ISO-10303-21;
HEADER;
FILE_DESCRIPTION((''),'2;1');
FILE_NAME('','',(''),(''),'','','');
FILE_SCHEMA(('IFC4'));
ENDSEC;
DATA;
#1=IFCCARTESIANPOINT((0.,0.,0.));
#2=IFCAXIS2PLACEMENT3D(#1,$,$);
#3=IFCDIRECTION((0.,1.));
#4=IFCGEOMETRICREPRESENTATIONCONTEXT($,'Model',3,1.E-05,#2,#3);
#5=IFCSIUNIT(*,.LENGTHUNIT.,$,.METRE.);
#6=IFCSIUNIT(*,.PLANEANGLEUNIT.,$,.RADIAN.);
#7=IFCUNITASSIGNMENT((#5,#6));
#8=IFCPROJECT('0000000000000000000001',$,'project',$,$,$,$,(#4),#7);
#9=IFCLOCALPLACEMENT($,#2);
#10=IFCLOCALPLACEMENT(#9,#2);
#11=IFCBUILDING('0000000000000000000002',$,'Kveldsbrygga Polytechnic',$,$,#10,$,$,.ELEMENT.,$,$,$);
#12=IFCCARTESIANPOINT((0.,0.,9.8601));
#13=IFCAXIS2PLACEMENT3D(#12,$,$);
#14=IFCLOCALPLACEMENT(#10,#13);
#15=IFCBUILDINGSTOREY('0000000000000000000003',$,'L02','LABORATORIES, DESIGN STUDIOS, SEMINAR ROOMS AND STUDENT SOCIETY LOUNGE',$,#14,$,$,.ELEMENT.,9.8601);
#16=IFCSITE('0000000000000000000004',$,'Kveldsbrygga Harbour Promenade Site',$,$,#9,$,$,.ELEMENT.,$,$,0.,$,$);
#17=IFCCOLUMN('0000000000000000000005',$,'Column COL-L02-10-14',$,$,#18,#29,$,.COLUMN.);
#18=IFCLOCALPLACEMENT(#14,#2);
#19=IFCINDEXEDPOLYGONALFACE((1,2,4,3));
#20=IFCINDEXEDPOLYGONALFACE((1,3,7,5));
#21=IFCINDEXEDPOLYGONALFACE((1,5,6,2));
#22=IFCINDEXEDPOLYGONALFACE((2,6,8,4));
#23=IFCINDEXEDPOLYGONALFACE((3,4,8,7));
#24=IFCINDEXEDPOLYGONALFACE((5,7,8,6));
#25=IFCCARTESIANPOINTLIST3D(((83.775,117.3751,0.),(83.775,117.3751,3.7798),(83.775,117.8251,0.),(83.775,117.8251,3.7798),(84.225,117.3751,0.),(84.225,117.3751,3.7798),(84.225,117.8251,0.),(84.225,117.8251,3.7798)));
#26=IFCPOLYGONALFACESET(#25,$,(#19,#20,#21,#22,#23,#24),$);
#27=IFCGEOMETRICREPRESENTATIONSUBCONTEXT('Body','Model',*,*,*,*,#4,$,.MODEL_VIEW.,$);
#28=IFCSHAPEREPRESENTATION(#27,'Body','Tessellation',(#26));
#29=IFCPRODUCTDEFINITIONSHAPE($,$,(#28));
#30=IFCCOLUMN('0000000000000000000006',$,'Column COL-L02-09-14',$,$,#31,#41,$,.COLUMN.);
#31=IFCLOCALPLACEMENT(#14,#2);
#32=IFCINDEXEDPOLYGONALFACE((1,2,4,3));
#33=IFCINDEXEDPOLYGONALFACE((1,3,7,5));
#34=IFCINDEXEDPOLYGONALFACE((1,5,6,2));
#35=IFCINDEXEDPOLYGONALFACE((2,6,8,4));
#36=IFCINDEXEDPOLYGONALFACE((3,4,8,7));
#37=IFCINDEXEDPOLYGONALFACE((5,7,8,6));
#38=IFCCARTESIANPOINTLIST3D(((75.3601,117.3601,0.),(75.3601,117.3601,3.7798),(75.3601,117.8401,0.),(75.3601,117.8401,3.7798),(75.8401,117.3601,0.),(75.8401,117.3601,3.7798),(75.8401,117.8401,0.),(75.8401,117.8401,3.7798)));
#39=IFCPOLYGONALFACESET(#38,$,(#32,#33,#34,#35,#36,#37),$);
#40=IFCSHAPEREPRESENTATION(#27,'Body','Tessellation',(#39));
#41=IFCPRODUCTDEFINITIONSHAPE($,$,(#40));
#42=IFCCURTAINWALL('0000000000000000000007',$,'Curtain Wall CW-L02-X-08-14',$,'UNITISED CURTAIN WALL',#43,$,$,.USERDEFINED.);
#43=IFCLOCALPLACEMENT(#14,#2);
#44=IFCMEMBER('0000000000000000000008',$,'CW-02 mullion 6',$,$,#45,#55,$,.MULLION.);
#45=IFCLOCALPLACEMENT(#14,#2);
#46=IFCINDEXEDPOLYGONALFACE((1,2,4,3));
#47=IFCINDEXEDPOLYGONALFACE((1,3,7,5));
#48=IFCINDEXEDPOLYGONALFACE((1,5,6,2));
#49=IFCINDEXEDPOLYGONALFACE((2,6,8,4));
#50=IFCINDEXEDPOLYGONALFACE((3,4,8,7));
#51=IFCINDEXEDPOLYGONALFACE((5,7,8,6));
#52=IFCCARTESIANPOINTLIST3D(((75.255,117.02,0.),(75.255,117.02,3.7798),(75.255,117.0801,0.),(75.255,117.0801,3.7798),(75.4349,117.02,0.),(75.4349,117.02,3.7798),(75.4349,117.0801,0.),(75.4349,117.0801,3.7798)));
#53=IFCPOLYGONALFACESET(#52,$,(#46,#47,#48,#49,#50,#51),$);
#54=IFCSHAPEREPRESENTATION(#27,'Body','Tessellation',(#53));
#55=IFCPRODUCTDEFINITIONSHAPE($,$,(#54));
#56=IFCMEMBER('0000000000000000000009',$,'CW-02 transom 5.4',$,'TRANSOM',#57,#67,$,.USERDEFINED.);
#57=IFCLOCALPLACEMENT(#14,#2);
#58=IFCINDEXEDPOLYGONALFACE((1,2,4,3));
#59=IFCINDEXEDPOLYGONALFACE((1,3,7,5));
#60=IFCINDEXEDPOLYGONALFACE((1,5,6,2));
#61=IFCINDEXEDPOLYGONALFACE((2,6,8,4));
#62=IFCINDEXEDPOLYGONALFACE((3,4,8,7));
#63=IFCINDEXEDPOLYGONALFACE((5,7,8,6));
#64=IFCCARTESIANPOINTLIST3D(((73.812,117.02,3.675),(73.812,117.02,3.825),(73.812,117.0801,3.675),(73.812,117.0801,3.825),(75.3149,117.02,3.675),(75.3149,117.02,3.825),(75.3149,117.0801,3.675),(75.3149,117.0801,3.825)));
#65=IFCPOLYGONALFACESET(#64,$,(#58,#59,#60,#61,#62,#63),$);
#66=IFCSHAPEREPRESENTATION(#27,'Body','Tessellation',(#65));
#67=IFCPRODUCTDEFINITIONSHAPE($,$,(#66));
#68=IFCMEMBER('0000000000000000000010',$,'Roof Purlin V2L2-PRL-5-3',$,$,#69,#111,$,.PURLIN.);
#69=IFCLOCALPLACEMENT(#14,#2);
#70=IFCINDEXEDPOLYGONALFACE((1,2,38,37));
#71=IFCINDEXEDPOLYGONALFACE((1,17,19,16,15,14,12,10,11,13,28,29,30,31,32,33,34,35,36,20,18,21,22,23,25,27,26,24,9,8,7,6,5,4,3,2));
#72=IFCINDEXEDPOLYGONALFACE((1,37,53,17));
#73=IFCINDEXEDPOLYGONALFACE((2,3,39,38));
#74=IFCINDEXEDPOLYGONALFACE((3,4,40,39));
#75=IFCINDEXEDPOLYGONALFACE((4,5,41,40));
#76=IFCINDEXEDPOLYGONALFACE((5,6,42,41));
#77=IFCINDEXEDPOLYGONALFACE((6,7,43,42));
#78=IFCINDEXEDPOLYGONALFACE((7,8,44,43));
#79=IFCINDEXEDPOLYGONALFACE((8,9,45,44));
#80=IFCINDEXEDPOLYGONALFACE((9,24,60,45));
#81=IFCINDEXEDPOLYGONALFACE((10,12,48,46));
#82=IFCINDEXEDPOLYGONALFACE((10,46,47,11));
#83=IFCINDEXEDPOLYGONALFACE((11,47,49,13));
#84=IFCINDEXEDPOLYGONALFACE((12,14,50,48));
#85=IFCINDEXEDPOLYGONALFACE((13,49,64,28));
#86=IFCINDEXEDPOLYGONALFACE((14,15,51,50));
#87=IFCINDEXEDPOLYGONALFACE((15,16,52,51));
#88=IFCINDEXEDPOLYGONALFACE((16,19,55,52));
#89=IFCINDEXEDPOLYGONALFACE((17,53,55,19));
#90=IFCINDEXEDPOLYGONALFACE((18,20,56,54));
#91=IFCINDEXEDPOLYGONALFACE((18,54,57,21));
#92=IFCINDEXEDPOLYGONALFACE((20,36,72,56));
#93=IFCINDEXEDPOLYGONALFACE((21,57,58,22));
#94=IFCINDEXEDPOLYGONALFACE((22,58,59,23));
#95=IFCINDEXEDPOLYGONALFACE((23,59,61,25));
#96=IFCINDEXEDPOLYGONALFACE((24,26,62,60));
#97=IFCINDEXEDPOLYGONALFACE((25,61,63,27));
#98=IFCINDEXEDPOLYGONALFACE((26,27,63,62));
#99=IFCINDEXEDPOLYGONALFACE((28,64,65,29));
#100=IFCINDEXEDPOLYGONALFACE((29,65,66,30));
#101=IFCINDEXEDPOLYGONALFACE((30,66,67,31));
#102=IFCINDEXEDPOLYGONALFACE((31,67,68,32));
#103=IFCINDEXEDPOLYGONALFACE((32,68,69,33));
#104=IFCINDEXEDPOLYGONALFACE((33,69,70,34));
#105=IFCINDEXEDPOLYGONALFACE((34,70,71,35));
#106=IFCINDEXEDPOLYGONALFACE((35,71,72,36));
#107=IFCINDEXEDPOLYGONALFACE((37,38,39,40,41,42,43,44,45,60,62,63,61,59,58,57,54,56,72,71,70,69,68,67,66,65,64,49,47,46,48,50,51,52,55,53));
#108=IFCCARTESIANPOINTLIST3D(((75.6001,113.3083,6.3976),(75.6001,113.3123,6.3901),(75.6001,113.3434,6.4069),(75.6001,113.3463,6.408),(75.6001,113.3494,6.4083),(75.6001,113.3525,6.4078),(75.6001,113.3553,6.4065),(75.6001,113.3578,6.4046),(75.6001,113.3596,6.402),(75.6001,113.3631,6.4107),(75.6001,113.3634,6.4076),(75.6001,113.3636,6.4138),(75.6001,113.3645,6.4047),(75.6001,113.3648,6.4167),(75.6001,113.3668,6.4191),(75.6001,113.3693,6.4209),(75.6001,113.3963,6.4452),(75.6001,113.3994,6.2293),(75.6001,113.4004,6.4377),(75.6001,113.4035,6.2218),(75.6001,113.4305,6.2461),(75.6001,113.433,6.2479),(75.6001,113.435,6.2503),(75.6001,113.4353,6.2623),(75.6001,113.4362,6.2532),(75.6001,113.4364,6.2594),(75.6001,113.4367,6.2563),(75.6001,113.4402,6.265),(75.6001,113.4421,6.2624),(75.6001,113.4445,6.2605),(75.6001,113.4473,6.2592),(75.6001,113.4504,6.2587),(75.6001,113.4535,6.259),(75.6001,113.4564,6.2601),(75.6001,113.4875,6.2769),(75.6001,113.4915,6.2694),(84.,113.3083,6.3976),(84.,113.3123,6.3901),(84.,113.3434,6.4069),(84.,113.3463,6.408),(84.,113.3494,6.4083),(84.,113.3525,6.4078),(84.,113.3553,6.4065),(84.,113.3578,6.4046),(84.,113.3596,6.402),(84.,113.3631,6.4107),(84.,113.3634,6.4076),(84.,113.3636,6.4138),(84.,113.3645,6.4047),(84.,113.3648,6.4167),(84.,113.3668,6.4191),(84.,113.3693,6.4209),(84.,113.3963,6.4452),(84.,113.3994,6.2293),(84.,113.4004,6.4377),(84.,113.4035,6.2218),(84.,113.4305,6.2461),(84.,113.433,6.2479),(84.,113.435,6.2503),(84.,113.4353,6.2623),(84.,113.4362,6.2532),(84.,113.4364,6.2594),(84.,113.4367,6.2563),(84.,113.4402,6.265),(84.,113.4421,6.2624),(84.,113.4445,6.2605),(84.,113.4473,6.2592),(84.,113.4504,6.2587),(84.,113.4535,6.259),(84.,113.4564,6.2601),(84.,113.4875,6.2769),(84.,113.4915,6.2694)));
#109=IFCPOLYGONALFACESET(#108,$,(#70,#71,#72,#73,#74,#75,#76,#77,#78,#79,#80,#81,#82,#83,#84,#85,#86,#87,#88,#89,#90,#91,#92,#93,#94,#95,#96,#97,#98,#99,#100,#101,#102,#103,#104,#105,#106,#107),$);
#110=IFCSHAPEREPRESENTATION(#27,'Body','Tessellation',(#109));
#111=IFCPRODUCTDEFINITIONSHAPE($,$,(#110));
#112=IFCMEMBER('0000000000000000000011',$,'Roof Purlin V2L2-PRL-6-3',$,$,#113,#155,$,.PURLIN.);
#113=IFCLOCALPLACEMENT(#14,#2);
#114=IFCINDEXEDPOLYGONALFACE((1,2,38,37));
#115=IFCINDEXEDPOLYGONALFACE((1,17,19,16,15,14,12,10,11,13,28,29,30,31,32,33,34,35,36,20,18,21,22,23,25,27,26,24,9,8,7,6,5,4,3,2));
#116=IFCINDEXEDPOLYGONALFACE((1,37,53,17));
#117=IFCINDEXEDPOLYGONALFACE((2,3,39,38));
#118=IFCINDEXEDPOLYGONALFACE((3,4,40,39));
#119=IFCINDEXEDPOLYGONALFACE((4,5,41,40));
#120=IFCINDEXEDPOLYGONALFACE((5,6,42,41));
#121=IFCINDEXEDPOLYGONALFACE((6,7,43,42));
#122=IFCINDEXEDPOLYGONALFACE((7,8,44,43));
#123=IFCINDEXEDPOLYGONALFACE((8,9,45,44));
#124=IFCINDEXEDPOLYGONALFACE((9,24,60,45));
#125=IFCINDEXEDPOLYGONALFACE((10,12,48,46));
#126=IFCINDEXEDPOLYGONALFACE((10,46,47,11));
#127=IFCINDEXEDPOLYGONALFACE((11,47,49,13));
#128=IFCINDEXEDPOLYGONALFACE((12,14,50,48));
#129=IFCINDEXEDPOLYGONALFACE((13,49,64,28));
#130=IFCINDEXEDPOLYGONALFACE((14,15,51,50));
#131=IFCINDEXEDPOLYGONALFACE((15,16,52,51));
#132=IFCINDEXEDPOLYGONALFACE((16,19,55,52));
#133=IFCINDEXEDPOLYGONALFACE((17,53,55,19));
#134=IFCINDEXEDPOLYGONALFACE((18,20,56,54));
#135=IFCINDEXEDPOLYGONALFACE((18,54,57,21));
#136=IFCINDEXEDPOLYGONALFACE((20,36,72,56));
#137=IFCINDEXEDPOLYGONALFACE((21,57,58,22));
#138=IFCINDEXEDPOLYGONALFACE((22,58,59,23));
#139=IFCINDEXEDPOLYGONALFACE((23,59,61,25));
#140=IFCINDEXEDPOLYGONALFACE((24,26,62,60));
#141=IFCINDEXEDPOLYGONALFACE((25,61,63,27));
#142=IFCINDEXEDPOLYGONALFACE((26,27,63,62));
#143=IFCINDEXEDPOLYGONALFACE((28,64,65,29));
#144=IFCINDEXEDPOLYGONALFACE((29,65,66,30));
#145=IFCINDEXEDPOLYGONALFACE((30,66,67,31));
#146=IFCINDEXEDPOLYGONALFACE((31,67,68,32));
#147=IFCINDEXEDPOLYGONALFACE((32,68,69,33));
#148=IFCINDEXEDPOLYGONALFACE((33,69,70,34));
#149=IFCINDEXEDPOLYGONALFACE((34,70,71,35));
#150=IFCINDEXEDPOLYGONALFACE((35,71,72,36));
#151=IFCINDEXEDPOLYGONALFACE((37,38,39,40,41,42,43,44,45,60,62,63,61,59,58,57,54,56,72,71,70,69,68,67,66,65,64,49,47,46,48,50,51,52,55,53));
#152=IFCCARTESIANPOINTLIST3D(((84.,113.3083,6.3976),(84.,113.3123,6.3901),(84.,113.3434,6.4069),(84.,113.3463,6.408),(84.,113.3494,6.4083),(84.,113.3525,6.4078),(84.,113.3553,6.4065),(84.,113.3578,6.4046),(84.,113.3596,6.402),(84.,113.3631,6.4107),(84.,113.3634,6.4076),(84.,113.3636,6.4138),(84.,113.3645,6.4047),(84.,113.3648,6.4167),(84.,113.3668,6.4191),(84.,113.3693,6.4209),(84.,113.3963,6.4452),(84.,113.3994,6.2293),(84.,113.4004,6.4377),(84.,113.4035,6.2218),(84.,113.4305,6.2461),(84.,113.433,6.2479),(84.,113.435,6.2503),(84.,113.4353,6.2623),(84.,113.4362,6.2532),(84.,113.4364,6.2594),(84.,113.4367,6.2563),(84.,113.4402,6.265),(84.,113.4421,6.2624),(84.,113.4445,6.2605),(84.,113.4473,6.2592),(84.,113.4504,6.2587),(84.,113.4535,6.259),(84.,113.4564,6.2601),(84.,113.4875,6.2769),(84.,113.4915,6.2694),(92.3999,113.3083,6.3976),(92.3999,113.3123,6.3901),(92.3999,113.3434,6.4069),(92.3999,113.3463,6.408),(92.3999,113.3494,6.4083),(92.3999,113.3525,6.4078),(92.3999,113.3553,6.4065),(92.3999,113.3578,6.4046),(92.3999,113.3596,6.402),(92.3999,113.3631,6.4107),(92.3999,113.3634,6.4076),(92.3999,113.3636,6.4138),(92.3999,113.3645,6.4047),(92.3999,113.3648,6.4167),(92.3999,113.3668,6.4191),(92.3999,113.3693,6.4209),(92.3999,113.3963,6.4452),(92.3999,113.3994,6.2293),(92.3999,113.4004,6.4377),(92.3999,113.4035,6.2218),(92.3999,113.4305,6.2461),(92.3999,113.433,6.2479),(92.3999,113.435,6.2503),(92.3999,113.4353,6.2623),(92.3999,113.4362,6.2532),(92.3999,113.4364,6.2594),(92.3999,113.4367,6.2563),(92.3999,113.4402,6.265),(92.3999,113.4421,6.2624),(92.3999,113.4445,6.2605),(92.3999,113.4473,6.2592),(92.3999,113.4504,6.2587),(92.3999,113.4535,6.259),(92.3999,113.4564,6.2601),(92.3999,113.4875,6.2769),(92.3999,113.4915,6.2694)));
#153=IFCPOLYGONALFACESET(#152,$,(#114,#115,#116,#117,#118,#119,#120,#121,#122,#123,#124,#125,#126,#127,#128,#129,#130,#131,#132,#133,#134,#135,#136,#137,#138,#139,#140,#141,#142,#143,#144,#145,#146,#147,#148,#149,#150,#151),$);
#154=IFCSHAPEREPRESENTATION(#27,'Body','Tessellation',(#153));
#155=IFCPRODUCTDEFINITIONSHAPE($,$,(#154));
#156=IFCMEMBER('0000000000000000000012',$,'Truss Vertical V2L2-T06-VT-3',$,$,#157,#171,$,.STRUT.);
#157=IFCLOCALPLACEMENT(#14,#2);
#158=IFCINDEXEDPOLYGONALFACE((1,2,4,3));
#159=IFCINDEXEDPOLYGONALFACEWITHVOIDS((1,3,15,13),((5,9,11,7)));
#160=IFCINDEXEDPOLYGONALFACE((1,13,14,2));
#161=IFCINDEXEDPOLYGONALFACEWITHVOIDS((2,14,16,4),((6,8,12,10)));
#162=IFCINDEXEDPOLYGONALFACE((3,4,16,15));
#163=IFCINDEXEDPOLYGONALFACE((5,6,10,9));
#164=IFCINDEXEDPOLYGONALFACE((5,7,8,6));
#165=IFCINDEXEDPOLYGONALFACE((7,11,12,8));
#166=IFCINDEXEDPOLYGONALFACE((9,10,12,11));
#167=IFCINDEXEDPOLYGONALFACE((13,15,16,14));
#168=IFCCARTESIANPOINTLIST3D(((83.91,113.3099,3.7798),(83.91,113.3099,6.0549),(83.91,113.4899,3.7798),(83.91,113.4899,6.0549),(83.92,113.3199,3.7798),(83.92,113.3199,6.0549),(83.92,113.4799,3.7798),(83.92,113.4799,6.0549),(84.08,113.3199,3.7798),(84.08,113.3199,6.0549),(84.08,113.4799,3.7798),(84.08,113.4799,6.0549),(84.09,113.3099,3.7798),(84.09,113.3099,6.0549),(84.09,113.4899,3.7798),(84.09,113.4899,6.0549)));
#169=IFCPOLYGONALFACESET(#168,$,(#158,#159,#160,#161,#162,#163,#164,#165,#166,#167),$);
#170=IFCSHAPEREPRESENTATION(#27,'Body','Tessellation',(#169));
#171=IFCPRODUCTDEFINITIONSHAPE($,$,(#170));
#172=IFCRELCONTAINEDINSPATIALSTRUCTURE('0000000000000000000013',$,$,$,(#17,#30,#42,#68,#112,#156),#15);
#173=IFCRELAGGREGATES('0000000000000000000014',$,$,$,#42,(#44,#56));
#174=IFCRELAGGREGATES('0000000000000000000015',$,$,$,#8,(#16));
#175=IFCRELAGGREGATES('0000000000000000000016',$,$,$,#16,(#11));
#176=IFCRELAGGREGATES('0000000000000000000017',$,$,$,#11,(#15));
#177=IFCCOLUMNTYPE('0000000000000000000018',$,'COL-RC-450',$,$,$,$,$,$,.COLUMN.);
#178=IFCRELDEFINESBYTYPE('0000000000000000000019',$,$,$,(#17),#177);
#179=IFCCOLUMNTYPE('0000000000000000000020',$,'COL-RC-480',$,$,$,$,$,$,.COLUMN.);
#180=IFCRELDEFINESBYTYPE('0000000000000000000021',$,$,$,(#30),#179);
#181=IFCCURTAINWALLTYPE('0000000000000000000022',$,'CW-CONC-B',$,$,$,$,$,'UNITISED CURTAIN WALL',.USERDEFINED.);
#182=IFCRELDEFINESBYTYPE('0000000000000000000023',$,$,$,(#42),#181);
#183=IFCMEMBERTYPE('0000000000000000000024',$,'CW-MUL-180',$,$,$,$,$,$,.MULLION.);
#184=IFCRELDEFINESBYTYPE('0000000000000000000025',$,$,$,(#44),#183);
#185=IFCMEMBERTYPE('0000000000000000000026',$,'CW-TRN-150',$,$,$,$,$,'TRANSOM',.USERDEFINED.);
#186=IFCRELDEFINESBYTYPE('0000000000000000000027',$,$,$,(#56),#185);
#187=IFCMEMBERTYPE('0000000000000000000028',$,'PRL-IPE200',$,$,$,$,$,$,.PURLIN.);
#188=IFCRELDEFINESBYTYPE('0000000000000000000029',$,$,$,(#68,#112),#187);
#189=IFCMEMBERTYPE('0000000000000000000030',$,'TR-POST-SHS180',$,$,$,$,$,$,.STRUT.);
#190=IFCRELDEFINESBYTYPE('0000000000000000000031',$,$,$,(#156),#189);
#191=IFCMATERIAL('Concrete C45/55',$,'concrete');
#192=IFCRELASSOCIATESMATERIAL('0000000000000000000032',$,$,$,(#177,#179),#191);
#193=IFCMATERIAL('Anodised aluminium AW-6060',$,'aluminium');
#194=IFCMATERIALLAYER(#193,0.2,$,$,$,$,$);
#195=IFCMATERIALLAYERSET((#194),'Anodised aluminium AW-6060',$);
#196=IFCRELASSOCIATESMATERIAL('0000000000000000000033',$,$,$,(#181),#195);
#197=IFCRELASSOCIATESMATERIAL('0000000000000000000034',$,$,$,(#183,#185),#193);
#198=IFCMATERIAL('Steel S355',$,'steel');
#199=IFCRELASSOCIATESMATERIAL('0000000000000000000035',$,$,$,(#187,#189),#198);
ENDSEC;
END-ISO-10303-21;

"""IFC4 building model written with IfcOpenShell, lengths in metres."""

from ifc_helpers import new_model, si_unit, direction, frame, origin, origin_2d, place, context, subcontext, project, spatial, rectangle, hollow_rectangle, i_section, extrude, material, layer, layer_set, material_profile, profile_set, type_object, element, aggregate, save


model = new_model("IFC4")

# Units and contexts
model_context = context("Model", 3, precision=1e-05, world=origin(), true_north=direction((0.0, 1.0)))
body_context = subcontext(model_context, "Body", "Model", "MODEL_VIEW")
ifc_project = project(units=[si_unit("LENGTHUNIT", "METRE"), si_unit("PLANEANGLEUNIT", "RADIAN")], contexts=[model_context])

# Site, building, storey
site_placement = place(None, origin())
site = spatial("IfcSite", under=ifc_project, at=site_placement, Name="Kveldsbrygga Harbour Promenade Site", CompositionType="ELEMENT", RefElevation=0.0)
building_placement = place(site_placement, origin())
building = spatial("IfcBuilding", under=site, at=building_placement, Name="Kveldsbrygga Polytechnic", CompositionType="ELEMENT")
storey_placement = place(building_placement, frame((0.0, 0.0, 9.8601)))
storey = spatial("IfcBuildingStorey", under=building, at=storey_placement, Name="L02", Description="LABORATORIES, DESIGN STUDIOS, SEMINAR ROOMS AND STUDENT SOCIETY LOUNGE", CompositionType="ELEMENT", Elevation=9.8601)

# Columns
ifc_material_1 = material(Name="Concrete C45/55", Category="concrete")
ifc_material_profile_1 = material_profile(ifc_material_1, rectangle(XDim=0.45, YDim=0.45, at=origin_2d()), Name="RC 450x450")
ifc_profile_set_1 = profile_set([ifc_material_profile_1], Name="Concrete C45/55")
column_type_1 = type_object("IfcColumnType", Name="COL-RC-450", PredefinedType="COLUMN", material=ifc_profile_set_1)
column_1_placement = place(storey_placement, frame((84.0, 117.6001, 0.0), z_axis=(0.0, 0.0, 1.0), x_axis=(1.0, 0.0, 0.0)))
element("IfcColumn", 1, at=column_1_placement, inside=storey, type_object=column_type_1, Name="Column COL-L02-10-14", PredefinedType="COLUMN", context=body_context, shape_type="SweptSolid", body=[
    extrude(rectangle(XDim=0.45, YDim=0.45, at=origin_2d()), origin(), (0.0, 0.0, 1.0), 3.7798),
])
ifc_material_profile_2 = material_profile(ifc_material_1, rectangle(XDim=0.48, YDim=0.48, at=origin_2d()), Name="RC 480x480")
ifc_profile_set_2 = profile_set([ifc_material_profile_2], Name="Concrete C45/55")
column_type_2 = type_object("IfcColumnType", Name="COL-RC-480", PredefinedType="COLUMN", material=ifc_profile_set_2)
column_2_placement = place(storey_placement, frame((75.6001, 117.6001, 0.0), z_axis=(0.0, 0.0, 1.0), x_axis=(1.0, 0.0, 0.0)))
element("IfcColumn", 2, at=column_2_placement, inside=storey, type_object=column_type_2, Name="Column COL-L02-09-14", PredefinedType="COLUMN", context=body_context, shape_type="SweptSolid", body=[
    extrude(rectangle(XDim=0.48, YDim=0.48, at=origin_2d()), origin(), (0.0, 0.0, 1.0), 3.7798),
])

# Curtain wall, members
ifc_material_2 = material(Name="Anodised aluminium AW-6060", Category="aluminium")
ifc_layer_1 = layer(ifc_material_2, 0.2)
ifc_layer_set_1 = layer_set([ifc_layer_1], Name="Anodised aluminium AW-6060")
curtain_wall_type = type_object("IfcCurtainWallType", Name="CW-CONC-B", ElementType="UNITISED CURTAIN WALL", PredefinedType="USERDEFINED", material=ifc_layer_set_1)
curtain_wall_placement = place(storey_placement, origin())
curtain_wall = element("IfcCurtainWall", 3, at=curtain_wall_placement, inside=storey, type_object=curtain_wall_type, Name="Curtain Wall CW-L02-X-08-14", ObjectType="UNITISED CURTAIN WALL", PredefinedType="USERDEFINED")
ifc_material_profile_3 = material_profile(ifc_material_2, rectangle(XDim=0.0601, YDim=0.1799, at=origin_2d()), Name="ALU 60x180")
ifc_profile_set_3 = profile_set([ifc_material_profile_3], Name="Anodised aluminium AW-6060")
member_type_1 = type_object("IfcMemberType", Name="CW-MUL-180", PredefinedType="MULLION", material=ifc_profile_set_3)
member_1_placement = place(storey_placement, frame((75.345, 117.05, 0.0), z_axis=(0.0, 0.0, 1.0), x_axis=(0.0, 1.0, 0.0)))
member_1 = element("IfcMember", 4, at=member_1_placement, type_object=member_type_1, Name="CW-02 mullion 6", PredefinedType="MULLION", context=body_context, shape_type="SweptSolid", body=[
    extrude(rectangle(XDim=0.0601, YDim=0.1799, at=origin_2d()), origin(), (0.0, 0.0, 1.0), 3.7798),
])
ifc_material_profile_4 = material_profile(ifc_material_2, rectangle(XDim=0.0601, YDim=0.1499, at=origin_2d()), Name="ALU 60x150")
ifc_profile_set_4 = profile_set([ifc_material_profile_4], Name="Anodised aluminium AW-6060")
member_type_2 = type_object("IfcMemberType", Name="CW-TRN-150", ElementType="TRANSOM", PredefinedType="USERDEFINED", material=ifc_profile_set_4)
member_2_placement = place(storey_placement, frame((73.812, 117.05, 3.75), z_axis=(1.0, 0.0, 0.0), x_axis=(0.0, 1.0, 0.0)))
member_2 = element("IfcMember", 5, at=member_2_placement, type_object=member_type_2, Name="CW-02 transom 5.4", ObjectType="TRANSOM", PredefinedType="USERDEFINED", context=body_context, shape_type="SweptSolid", body=[
    extrude(rectangle(XDim=0.0601, YDim=0.1499, at=origin_2d()), origin(), (0.0, 0.0, 1.0), 1.5029),
])

# Members
ifc_material_3 = material(Name="Steel S355", Category="steel")
ifc_material_profile_5 = material_profile(ifc_material_3, i_section(OverallWidth=0.1001, OverallDepth=0.2, WebThickness=0.0056, FlangeThickness=0.0085, FilletRadius=0.012, at=origin_2d()), Name="IPE 200")
ifc_profile_set_5 = profile_set([ifc_material_profile_5], Name="Steel S355")
member_type_3 = type_object("IfcMemberType", Name="PRL-IPE200", PredefinedType="PURLIN", material=ifc_profile_set_5)
for number, where, z_axis, x_axis, name in (
    (6, (75.6001, 113.3999, 6.3335), (1.0, 0.0, 0.0), (0.0, 0.879292, 0.476283), "Roof Purlin V2L2-PRL-5-3"),
    (7, (84.0, 113.3999, 6.3335), (1.0, 0.0, 0.0), (0.0, 0.879292, 0.476283), "Roof Purlin V2L2-PRL-6-3"),
):
    element("IfcMember", number, at=place(storey_placement, frame(where, z_axis=z_axis, x_axis=x_axis)), inside=storey, type_object=member_type_3, Name=name, PredefinedType="PURLIN", context=body_context, shape_type="SweptSolid", body=[
        extrude(i_section(OverallWidth=0.1001, OverallDepth=0.2, WebThickness=0.0056, FlangeThickness=0.0085, FilletRadius=0.012, at=origin_2d()), origin(), (0.0, 0.0, 1.0), 8.3999),
    ])
ifc_material_profile_6 = material_profile(ifc_material_3, hollow_rectangle(XDim=0.1799, YDim=0.1799, WallThickness=0.01, at=origin_2d()), Name="SHS 180x180x10.0")
ifc_profile_set_6 = profile_set([ifc_material_profile_6], Name="Steel S355")
member_type_4 = type_object("IfcMemberType", Name="TR-POST-SHS180", PredefinedType="STRUT", material=ifc_profile_set_6)
member_3_placement = place(storey_placement, frame((84.0, 113.3999, 3.7798), z_axis=(0.0, 0.0, 1.0), x_axis=(1.0, 0.0, 0.0)))
element("IfcMember", 8, at=member_3_placement, inside=storey, type_object=member_type_4, Name="Truss Vertical V2L2-T06-VT-3", PredefinedType="STRUT", context=body_context, shape_type="SweptSolid", body=[
    extrude(hollow_rectangle(XDim=0.1799, YDim=0.1799, WallThickness=0.01, at=origin_2d()), origin(), (0.0, 0.0, 1.0), 2.2751),
])

aggregate(curtain_wall, [member_1, member_2])

save(model, "model.ifc")
